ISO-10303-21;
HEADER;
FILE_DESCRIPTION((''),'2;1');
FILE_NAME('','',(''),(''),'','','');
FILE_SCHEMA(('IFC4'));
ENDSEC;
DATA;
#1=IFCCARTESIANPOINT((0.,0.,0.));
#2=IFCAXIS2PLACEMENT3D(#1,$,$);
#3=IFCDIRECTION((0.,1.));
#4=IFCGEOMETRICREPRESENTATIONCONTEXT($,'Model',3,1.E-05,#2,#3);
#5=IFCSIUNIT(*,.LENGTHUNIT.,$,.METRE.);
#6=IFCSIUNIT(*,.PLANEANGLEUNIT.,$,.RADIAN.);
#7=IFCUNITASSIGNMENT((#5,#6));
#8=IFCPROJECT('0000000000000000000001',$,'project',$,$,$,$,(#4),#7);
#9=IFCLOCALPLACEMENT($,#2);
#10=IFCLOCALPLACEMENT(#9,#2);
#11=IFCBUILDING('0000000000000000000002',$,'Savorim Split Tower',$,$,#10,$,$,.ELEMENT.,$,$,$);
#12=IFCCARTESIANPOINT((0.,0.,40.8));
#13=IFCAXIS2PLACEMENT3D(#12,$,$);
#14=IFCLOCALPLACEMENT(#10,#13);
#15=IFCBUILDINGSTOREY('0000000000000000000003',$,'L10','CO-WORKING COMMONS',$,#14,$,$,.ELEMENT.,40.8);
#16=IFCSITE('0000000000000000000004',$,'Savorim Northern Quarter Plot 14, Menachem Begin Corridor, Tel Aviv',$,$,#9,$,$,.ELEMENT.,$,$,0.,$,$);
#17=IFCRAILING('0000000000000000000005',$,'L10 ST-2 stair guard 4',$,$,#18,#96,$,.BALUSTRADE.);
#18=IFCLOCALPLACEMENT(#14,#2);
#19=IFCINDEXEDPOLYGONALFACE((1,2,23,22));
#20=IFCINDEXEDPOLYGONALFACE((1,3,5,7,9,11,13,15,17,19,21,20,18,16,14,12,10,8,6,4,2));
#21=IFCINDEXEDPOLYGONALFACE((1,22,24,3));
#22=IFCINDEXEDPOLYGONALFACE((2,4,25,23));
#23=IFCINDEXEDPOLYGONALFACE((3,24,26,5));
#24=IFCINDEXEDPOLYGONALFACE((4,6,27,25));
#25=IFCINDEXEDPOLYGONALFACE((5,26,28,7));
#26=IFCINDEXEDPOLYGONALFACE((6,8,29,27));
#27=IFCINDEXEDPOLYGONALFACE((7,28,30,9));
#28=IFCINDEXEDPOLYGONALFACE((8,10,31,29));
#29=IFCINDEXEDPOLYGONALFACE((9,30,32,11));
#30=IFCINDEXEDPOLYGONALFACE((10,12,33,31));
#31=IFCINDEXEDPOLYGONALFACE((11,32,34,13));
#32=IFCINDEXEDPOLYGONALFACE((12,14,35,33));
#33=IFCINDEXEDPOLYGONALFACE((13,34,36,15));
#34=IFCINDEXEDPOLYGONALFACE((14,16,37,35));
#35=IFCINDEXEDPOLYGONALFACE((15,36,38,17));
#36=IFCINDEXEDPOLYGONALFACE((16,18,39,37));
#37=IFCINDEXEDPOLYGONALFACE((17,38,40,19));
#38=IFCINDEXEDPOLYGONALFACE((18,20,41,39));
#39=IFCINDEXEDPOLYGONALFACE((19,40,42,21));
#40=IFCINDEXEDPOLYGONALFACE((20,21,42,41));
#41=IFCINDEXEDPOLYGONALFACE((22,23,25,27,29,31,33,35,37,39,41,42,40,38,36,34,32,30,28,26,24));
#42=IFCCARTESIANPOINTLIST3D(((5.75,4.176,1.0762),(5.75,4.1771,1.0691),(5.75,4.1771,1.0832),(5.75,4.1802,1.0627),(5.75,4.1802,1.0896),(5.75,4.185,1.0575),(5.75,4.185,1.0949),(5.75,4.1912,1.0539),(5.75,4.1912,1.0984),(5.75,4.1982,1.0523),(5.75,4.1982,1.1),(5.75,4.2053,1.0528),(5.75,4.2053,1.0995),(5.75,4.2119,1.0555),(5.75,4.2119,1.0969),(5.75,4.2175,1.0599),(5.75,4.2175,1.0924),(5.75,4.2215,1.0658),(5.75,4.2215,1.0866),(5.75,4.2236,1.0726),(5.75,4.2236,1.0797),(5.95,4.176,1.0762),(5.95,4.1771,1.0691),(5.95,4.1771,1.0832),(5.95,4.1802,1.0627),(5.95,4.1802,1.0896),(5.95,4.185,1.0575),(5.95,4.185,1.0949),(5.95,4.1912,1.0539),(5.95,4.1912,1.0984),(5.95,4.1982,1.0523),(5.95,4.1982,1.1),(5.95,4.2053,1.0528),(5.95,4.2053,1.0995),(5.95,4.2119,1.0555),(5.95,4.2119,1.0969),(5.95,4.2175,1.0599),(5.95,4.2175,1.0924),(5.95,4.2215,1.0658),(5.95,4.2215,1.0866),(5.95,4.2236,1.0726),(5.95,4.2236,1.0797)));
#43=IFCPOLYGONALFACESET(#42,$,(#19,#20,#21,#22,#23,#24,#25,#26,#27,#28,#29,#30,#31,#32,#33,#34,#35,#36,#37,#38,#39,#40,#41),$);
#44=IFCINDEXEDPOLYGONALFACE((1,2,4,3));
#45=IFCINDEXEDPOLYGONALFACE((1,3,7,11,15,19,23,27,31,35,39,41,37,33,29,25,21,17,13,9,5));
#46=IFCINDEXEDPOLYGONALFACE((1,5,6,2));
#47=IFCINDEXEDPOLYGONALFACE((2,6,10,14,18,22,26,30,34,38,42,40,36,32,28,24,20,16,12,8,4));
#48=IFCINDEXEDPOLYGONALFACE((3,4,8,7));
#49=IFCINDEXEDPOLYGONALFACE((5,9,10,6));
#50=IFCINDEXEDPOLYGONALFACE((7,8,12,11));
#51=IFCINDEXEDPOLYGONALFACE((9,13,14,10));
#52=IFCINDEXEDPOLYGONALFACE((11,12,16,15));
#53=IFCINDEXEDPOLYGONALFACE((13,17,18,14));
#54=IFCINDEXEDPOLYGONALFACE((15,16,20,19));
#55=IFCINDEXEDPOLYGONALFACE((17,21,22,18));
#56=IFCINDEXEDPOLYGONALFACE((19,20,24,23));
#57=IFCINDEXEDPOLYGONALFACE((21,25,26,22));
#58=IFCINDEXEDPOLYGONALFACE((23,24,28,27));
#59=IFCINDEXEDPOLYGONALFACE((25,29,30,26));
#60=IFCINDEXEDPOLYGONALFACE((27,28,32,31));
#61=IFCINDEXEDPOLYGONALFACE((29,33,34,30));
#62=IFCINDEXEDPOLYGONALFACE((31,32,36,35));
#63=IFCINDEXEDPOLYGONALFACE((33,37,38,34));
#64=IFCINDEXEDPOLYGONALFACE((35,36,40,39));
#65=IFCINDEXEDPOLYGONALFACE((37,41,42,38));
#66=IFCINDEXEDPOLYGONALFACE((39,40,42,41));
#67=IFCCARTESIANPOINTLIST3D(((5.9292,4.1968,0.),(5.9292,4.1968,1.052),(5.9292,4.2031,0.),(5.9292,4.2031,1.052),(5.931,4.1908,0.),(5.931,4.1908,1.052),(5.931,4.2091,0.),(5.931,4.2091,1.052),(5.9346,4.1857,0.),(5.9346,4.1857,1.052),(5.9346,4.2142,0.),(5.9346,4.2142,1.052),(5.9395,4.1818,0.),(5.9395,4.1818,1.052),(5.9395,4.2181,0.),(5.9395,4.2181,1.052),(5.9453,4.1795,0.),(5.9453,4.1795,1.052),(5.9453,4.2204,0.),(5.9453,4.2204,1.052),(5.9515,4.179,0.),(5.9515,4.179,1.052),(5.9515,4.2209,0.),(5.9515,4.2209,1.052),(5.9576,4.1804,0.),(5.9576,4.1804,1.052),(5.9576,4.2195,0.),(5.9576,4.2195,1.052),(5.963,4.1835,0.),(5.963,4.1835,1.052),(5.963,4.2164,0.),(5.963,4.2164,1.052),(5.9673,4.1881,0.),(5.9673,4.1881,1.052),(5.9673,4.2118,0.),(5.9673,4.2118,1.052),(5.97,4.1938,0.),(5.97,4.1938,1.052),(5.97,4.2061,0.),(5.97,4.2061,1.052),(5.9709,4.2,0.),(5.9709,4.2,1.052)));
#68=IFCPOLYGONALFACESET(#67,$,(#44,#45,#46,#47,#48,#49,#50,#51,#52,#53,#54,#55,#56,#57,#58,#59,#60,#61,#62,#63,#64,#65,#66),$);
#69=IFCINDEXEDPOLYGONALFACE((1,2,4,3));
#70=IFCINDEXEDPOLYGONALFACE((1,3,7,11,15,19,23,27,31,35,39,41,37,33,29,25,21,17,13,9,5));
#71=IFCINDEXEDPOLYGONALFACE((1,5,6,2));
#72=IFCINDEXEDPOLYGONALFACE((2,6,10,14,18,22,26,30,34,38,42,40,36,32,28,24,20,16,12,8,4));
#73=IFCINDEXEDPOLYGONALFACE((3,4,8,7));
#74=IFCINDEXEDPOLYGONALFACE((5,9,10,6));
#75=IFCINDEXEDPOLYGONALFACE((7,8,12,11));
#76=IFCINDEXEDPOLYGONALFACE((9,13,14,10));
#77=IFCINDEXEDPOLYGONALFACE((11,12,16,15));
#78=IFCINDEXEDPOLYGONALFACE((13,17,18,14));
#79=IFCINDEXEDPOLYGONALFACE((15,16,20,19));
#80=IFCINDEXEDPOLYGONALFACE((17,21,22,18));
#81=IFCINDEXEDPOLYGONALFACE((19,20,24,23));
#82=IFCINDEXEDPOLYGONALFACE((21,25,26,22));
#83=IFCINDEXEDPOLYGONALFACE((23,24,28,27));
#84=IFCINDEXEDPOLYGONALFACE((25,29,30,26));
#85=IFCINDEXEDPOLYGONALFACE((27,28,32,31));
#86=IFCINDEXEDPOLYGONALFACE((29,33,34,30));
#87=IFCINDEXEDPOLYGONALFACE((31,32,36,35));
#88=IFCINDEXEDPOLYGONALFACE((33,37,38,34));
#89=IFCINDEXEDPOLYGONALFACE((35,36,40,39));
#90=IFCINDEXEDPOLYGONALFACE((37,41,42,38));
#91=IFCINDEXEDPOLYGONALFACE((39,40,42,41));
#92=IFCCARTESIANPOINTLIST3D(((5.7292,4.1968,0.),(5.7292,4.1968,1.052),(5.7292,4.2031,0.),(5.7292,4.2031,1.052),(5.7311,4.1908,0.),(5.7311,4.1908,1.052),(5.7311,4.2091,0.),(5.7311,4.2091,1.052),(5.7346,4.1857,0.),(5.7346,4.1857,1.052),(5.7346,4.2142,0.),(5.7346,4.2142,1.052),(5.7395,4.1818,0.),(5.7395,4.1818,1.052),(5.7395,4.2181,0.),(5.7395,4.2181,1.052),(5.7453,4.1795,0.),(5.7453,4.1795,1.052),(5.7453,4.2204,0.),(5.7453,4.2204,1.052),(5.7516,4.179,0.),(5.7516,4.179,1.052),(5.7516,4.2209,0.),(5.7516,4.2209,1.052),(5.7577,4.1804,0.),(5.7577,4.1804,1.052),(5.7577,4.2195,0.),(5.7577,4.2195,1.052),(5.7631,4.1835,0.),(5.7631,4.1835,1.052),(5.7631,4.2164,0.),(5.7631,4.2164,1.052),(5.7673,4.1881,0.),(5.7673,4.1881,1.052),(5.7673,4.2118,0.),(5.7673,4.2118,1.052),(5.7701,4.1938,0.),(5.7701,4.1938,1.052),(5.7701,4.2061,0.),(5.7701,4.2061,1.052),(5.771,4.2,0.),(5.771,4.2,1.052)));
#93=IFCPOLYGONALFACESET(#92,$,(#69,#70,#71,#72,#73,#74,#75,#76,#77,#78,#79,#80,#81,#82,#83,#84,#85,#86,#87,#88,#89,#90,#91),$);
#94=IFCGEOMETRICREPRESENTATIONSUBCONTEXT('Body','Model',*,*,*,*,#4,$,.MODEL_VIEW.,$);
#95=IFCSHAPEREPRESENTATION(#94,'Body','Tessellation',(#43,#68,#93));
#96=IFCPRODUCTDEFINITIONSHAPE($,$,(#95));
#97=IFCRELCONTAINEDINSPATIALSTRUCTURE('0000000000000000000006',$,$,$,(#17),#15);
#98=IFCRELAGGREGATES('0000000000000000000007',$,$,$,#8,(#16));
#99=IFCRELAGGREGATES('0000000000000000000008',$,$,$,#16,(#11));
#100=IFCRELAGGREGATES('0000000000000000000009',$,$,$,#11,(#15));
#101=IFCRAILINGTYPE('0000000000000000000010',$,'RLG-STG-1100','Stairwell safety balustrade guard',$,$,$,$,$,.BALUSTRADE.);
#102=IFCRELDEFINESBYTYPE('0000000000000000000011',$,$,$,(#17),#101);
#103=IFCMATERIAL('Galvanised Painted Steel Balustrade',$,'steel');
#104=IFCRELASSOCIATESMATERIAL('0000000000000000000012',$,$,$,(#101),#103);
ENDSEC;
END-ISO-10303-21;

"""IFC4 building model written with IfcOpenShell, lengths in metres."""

from ifc_helpers import new_model, si_unit, direction, frame, origin, origin_2d, place, context, subcontext, project, spatial, circle, extrude, material, type_object, element, save


model = new_model("IFC4")

# Units and contexts
model_context = context("Model", 3, precision=1e-05, world=origin(), true_north=direction((0.0, 1.0)))
body_context = subcontext(model_context, "Body", "Model", "MODEL_VIEW")
ifc_project = project(units=[si_unit("LENGTHUNIT", "METRE"), si_unit("PLANEANGLEUNIT", "RADIAN")], contexts=[model_context])

# Site, building, storey
site_placement = place(None, origin())
site = spatial("IfcSite", under=ifc_project, at=site_placement, Name="Savorim Northern Quarter Plot 14, Menachem Begin Corridor, Tel Aviv", CompositionType="ELEMENT", RefElevation=0.0)
building_placement = place(site_placement, origin())
building = spatial("IfcBuilding", under=site, at=building_placement, Name="Savorim Split Tower", CompositionType="ELEMENT")
storey_placement = place(building_placement, frame((0.0, 0.0, 40.8)))
storey = spatial("IfcBuildingStorey", under=building, at=storey_placement, Name="L10", Description="CO-WORKING COMMONS", CompositionType="ELEMENT", Elevation=40.8)

# Railing
ifc_material_1 = material(Name="Galvanised Painted Steel Balustrade", Category="steel")
railing_type_1 = type_object("IfcRailingType", Name="RLG-STG-1100", Description="Stairwell safety balustrade guard", PredefinedType="BALUSTRADE", material=ifc_material_1)
railing_1_placement = place(storey_placement, frame((5.95, 4.2, 0.0)))
element("IfcRailing", 1, at=railing_1_placement, inside=storey, type_object=railing_type_1, Name="L10 ST-2 stair guard 4", PredefinedType="BALUSTRADE", context=body_context, shape_type="SweptSolid", body=[
    extrude(circle(Radius=0.0239, at=origin_2d()), frame((0.0, 0.0, 1.0762), z_axis=(-1.0, 0.0, 0.0), x_axis=(0.0, -1.0, 0.0)), (0.0, 0.0, 1.0), 0.2),
    extrude(circle(Radius=0.021, at=origin_2d()), origin(), (0.0, 0.0, 1.0), 1.052),
    extrude(circle(Radius=0.021, at=origin_2d()), frame((-0.2, 0.0, 0.0)), (0.0, 0.0, 1.0), 1.052),
])

save(model, "model.ifc")
